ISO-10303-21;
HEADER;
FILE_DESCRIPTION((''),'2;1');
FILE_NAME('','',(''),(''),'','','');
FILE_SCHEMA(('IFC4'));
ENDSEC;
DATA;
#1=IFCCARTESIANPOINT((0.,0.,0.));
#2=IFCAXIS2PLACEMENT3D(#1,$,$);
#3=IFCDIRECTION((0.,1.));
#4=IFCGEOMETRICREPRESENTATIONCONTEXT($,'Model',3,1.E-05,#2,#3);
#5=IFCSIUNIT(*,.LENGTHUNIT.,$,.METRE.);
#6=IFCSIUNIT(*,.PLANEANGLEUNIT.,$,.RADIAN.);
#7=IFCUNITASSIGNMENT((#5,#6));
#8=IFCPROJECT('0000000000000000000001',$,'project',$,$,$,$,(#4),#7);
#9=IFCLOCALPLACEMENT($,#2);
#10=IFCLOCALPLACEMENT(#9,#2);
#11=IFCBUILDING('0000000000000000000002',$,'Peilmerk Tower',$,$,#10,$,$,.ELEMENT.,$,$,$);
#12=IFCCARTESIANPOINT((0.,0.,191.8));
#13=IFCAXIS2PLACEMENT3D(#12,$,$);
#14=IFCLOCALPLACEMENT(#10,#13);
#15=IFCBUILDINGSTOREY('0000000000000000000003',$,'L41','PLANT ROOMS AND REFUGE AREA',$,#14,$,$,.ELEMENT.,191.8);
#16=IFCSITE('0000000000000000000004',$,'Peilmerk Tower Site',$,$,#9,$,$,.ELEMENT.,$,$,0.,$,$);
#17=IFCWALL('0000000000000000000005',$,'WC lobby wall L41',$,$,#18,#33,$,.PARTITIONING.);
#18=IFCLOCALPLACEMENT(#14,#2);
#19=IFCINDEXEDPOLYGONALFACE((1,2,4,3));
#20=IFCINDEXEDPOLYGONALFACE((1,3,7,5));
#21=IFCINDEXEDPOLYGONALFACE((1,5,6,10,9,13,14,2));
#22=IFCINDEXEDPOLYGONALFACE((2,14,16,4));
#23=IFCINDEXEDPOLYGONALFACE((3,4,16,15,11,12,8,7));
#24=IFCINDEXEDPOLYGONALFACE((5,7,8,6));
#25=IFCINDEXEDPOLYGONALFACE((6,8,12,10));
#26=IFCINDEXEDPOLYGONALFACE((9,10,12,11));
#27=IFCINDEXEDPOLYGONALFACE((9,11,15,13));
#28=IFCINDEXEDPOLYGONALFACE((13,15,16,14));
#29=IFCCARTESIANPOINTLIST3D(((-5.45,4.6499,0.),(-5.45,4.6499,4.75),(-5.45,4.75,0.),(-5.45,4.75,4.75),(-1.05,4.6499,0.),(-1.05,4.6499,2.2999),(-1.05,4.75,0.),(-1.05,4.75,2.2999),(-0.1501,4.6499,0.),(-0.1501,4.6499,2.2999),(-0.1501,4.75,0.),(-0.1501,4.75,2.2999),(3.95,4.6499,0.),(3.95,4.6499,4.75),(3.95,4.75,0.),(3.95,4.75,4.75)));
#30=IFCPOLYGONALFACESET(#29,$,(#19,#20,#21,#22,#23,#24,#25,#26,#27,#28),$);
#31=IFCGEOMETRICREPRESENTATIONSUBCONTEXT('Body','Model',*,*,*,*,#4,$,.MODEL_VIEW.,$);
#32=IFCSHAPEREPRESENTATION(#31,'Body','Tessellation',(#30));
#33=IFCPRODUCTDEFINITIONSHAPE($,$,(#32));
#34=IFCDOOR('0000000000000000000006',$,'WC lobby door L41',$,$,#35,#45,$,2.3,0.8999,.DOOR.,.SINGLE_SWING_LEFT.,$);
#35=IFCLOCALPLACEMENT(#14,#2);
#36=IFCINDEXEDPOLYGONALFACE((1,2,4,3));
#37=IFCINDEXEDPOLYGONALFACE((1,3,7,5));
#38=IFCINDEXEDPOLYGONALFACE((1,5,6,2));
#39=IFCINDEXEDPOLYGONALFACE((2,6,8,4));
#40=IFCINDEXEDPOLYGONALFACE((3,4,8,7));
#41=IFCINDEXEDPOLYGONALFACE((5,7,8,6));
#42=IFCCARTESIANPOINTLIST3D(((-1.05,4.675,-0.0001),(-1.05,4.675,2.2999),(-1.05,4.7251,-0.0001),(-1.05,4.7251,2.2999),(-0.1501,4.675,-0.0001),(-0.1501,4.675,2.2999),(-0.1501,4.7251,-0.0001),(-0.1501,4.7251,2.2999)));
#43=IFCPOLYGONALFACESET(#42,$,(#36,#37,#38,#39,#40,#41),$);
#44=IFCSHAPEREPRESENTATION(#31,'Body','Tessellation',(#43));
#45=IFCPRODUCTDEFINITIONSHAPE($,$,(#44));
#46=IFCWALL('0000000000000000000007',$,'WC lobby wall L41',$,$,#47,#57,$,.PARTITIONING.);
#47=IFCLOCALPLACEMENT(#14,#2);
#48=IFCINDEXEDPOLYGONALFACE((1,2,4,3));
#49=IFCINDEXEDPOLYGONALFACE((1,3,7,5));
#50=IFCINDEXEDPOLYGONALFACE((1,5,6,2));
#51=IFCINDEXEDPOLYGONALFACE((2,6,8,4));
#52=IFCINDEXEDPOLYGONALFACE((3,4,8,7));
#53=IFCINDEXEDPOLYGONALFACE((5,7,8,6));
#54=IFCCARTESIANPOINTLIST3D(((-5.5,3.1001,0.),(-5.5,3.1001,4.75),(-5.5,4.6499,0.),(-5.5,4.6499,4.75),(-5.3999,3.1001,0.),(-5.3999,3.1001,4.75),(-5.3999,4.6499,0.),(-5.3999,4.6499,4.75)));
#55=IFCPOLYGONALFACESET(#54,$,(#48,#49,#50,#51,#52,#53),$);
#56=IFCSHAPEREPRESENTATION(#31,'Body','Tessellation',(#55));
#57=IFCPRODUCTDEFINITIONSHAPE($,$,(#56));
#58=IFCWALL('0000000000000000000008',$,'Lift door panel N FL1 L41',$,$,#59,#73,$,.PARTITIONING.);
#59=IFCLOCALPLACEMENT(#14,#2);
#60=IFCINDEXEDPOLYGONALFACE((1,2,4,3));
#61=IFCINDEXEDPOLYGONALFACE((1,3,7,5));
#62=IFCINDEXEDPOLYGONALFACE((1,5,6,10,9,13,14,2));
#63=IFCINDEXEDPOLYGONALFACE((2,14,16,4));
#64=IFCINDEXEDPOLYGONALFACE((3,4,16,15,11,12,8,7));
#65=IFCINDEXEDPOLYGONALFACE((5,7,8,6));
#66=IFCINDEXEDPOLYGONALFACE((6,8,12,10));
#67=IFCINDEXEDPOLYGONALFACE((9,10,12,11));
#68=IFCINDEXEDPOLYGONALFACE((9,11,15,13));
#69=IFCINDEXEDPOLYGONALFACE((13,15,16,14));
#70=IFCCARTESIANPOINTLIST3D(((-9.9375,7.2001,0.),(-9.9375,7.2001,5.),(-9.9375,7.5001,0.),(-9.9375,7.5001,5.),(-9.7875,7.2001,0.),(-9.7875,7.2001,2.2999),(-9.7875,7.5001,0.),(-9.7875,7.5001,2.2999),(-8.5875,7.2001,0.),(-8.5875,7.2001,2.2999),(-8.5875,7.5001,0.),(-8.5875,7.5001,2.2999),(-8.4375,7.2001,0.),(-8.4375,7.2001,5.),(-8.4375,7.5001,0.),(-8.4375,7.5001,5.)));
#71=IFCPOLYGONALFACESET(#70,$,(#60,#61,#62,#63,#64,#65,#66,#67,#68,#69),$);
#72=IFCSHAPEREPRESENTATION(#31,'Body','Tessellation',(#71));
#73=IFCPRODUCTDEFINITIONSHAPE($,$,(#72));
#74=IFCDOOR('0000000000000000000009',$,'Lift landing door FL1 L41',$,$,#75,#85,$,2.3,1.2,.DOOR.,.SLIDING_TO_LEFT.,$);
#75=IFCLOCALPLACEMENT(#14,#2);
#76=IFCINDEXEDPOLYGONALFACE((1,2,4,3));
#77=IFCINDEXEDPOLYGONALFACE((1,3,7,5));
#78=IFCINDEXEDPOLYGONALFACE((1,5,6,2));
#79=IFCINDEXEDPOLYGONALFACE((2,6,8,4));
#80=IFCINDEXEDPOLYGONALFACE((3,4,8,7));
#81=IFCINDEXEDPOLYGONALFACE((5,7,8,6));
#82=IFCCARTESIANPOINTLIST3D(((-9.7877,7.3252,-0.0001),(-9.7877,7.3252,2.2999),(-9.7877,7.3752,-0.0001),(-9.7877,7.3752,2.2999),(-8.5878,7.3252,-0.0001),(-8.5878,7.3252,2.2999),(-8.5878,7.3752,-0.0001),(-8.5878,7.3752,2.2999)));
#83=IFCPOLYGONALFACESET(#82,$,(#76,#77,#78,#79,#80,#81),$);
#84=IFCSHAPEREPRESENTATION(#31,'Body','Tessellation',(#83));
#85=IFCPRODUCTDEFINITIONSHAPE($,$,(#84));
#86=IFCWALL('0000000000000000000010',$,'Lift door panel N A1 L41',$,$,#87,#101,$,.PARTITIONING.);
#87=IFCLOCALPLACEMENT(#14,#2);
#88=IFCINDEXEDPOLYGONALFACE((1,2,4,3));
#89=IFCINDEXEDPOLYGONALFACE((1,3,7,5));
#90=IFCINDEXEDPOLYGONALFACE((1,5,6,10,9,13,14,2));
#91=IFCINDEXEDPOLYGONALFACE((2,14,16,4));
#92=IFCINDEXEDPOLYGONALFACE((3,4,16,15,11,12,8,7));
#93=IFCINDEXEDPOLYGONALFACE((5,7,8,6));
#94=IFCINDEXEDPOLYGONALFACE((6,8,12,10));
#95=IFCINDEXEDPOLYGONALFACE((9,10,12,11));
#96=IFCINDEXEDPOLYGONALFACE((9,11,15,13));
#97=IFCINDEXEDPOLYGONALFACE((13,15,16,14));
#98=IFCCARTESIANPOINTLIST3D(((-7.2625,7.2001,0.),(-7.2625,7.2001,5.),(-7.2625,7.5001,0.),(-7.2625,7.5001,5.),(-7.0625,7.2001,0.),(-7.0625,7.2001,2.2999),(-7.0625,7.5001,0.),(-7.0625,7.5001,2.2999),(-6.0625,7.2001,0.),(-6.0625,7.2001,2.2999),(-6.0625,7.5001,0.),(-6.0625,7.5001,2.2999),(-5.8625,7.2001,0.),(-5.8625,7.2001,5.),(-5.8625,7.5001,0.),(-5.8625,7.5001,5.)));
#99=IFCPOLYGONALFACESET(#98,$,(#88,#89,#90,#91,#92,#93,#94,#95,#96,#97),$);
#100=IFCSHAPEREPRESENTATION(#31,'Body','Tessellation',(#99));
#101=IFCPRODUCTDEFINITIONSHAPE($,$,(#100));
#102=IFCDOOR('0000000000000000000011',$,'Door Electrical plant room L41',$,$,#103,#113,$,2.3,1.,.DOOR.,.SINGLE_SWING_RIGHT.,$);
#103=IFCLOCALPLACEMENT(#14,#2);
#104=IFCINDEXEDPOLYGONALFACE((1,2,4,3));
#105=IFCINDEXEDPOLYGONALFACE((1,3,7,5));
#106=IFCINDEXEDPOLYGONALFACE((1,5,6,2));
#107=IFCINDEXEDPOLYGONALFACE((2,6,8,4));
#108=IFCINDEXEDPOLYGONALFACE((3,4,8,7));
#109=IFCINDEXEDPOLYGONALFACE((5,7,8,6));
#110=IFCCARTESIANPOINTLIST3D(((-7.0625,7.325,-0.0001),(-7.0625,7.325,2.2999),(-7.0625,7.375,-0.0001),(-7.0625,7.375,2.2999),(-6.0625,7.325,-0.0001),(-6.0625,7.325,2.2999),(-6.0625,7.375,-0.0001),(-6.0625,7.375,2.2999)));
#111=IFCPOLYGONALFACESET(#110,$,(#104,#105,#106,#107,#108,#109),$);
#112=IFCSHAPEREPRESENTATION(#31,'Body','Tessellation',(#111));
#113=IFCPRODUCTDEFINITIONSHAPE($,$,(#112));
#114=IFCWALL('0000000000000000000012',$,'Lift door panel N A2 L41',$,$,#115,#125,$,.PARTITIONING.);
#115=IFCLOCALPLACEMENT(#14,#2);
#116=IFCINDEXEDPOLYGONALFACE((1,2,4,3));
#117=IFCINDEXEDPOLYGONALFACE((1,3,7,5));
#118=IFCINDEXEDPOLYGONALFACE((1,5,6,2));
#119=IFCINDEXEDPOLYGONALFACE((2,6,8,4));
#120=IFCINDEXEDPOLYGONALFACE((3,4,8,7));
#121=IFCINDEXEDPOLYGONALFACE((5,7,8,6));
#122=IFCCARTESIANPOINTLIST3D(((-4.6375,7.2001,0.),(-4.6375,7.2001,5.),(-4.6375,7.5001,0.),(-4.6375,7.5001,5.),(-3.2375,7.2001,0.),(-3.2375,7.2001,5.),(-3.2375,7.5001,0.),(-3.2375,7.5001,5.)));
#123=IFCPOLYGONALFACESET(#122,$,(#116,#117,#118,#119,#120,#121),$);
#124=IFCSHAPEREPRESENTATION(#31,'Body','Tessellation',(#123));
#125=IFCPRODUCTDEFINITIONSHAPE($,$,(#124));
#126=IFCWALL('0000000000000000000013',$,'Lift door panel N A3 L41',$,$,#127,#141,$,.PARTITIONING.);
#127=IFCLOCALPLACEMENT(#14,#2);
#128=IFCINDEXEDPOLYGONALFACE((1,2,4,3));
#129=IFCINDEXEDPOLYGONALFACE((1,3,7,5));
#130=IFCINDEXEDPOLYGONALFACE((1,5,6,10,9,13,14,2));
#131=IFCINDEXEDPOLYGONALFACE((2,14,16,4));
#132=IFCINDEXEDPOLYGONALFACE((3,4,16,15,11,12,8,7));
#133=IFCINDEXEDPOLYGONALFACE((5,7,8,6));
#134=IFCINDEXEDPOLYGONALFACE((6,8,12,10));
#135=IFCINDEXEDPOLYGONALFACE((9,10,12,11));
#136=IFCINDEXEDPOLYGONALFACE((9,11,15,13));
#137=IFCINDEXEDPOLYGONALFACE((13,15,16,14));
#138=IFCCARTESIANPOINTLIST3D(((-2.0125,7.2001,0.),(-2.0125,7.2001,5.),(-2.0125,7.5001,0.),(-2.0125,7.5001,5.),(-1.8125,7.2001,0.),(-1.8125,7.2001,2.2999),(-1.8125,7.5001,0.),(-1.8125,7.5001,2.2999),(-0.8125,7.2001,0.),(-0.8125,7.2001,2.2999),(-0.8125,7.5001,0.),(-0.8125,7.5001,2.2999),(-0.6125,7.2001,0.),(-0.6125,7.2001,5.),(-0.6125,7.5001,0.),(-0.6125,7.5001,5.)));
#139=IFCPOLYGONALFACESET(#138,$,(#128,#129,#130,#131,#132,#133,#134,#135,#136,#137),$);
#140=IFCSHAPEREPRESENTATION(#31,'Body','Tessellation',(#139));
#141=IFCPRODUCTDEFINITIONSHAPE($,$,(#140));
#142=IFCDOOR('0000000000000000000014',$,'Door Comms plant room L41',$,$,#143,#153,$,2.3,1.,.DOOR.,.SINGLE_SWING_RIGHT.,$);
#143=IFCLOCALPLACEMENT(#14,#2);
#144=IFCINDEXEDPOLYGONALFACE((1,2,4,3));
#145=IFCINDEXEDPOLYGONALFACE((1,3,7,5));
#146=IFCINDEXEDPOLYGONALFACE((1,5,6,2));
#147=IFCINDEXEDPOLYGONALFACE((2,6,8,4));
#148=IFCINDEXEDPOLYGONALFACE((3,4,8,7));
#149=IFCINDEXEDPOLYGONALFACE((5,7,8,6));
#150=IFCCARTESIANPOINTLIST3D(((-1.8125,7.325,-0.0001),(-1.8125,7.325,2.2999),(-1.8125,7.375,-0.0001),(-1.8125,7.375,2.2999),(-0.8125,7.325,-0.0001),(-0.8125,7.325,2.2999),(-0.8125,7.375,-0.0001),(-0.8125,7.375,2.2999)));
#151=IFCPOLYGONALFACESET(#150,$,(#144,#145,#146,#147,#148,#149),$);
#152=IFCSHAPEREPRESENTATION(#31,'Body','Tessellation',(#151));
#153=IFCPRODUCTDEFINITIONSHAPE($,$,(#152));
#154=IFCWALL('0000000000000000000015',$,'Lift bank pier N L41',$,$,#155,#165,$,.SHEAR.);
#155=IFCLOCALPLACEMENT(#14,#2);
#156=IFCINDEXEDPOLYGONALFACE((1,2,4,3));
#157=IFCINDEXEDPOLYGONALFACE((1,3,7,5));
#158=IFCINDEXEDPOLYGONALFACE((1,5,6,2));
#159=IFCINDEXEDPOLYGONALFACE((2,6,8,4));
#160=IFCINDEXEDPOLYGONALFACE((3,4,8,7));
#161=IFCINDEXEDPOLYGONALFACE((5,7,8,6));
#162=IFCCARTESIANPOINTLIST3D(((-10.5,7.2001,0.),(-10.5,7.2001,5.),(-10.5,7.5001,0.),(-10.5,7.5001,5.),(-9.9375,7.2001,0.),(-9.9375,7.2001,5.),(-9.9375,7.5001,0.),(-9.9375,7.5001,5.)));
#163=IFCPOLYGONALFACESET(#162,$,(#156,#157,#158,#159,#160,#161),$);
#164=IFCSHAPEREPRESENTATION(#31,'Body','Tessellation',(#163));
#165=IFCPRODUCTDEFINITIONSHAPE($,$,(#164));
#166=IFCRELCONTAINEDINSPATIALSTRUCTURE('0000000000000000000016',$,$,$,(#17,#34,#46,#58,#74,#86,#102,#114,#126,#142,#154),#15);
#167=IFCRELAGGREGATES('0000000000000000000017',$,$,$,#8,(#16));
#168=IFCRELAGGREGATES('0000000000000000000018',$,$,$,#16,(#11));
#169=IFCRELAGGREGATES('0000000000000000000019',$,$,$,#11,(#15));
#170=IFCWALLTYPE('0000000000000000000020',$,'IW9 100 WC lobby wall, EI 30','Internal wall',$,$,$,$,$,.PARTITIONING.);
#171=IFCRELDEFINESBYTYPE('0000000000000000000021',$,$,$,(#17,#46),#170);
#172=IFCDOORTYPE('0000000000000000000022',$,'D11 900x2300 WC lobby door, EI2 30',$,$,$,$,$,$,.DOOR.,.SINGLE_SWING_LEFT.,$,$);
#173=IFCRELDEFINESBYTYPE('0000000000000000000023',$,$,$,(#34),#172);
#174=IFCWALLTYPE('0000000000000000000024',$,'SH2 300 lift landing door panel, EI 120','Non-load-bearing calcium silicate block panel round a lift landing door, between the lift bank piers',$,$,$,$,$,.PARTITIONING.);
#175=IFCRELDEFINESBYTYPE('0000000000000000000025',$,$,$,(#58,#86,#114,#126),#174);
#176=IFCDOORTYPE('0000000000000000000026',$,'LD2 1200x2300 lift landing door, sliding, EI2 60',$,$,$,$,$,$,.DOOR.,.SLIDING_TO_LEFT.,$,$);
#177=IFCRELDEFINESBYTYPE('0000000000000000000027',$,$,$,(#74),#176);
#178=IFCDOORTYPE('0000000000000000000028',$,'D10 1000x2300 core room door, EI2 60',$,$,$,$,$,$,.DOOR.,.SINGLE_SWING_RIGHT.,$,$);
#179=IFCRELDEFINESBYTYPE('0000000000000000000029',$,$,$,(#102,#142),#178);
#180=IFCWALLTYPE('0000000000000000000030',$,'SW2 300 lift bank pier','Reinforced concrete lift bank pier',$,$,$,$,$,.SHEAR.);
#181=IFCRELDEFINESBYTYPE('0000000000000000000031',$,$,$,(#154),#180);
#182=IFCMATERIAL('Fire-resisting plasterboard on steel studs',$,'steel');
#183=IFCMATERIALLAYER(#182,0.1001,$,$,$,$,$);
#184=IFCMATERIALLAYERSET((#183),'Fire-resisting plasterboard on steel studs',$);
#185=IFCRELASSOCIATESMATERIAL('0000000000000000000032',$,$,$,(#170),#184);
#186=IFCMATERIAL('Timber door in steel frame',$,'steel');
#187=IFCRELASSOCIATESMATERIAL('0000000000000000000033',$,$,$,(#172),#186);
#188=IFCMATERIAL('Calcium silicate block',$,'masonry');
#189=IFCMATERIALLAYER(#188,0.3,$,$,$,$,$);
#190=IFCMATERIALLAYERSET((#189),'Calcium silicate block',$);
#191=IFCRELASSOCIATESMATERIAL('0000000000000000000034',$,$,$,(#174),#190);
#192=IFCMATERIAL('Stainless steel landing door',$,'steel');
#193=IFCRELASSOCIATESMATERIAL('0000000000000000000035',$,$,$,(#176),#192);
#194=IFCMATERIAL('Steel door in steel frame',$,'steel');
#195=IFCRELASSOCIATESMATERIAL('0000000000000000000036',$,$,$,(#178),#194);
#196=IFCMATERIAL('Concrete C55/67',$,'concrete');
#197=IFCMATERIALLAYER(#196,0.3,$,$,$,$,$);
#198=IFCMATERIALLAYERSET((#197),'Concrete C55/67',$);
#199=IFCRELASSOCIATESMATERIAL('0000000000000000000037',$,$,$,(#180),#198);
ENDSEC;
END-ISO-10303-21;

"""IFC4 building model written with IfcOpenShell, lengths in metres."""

from ifc_helpers import new_model, si_unit, direction, frame, frame_2d, origin, place, context, subcontext, project, spatial, rectangle, extrude, material, layer, layer_set, type_object, element, fill, save


model = new_model("IFC4")

# Units and contexts
model_context = context("Model", 3, precision=1e-05, world=origin(), true_north=direction((0.0, 1.0)))
body_context = subcontext(model_context, "Body", "Model", "MODEL_VIEW")
ifc_project = project(units=[si_unit("LENGTHUNIT", "METRE"), si_unit("PLANEANGLEUNIT", "RADIAN")], contexts=[model_context])

# Site, building, storey
site_placement = place(None, origin())
site = spatial("IfcSite", under=ifc_project, at=site_placement, Name="Peilmerk Tower Site", CompositionType="ELEMENT", RefElevation=0.0)
building_placement = place(site_placement, origin())
building = spatial("IfcBuilding", under=site, at=building_placement, Name="Peilmerk Tower", CompositionType="ELEMENT")
storey_placement = place(building_placement, frame((0.0, 0.0, 191.8)))
storey = spatial("IfcBuildingStorey", under=building, at=storey_placement, Name="L41", Description="PLANT ROOMS AND REFUGE AREA", CompositionType="ELEMENT", Elevation=191.8)

# Shared definitions
ifc_material_1 = material(Name="Concrete C55/67", Category="concrete")

# Shared definitions
ifc_material_2 = material(Name="Steel door in steel frame", Category="steel")

# Shared definitions
ifc_material_3 = material(Name="Timber door in steel frame", Category="steel")

# Wall, opening, door
ifc_material_4 = material(Name="Fire-resisting plasterboard on steel studs", Category="steel")
ifc_layer_1 = layer(ifc_material_4, 0.1001)
ifc_layer_set_1 = layer_set([ifc_layer_1], Name="Fire-resisting plasterboard on steel studs")
wall_type_1 = type_object("IfcWallType", Name="IW9 100 WC lobby wall, EI 30", Description="Internal wall", PredefinedType="PARTITIONING", material=ifc_layer_set_1)
wall_1_placement = place(storey_placement, frame((-5.45, 4.7, 0.0), z_axis=(0.0, 0.0, 1.0), x_axis=(1.0, 0.0, 0.0)))
wall_1 = element("IfcWall", 1, at=wall_1_placement, inside=storey, type_object=wall_type_1, Name="WC lobby wall L41", PredefinedType="PARTITIONING", context=body_context, shape_type="SweptSolid", body=[
    extrude(rectangle(XDim=9.3999, YDim=0.1001, at=frame_2d((4.7, 0.0))), origin(), (0.0, 0.0, 1.0), 4.75),
])
opening_1_placement = place(wall_1_placement, frame((4.3999, 0.0, 0.0)))
opening_1 = element("IfcOpeningElement", 2, at=opening_1_placement, cuts=wall_1, PredefinedType="OPENING", context=body_context, shape_type="SweptSolid", body=[
    extrude(rectangle(XDim=0.8999, YDim=2.3, at=frame_2d((0.45, 1.1499))), frame((0.0, 0.0601, 0.0), z_axis=(0.0, -1.0, 0.0), x_axis=(1.0, 0.0, 0.0)), (0.0, 0.0, 1.0), 0.1201),
])
door_type_1 = type_object("IfcDoorType", Name="D11 900x2300 WC lobby door, EI2 30", OperationType="SINGLE_SWING_LEFT", PredefinedType="DOOR", material=ifc_material_3)
door_1_placement = place(opening_1_placement, frame((0.8999, 0.0, 0.0), z_axis=(0.0, 0.0, 1.0), x_axis=(-1.0, 0.0, 0.0)))
door_1 = element("IfcDoor", 3, at=door_1_placement, inside=storey, type_object=door_type_1, Name="WC lobby door L41", OperationType="SINGLE_SWING_LEFT", OverallHeight=2.3, OverallWidth=0.8999, PredefinedType="DOOR", context=body_context, shape_type="SweptSolid", body=[
    extrude(rectangle(XDim=0.8999, YDim=2.3, at=frame_2d((0.45, 1.1499))), frame((0.0, 0.0249, 0.0), z_axis=(0.0, -1.0, 0.0), x_axis=(1.0, 0.0, 0.0)), (0.0, 0.0, 1.0), 0.05),
])
fill(opening_1, door_1)

# Wall
wall_2_placement = place(storey_placement, frame((-5.45, 3.1001, 0.0), z_axis=(0.0, 0.0, 1.0), x_axis=(0.0, 1.0, 0.0)))
element("IfcWall", 4, at=wall_2_placement, inside=storey, type_object=wall_type_1, Name="WC lobby wall L41", PredefinedType="PARTITIONING", context=body_context, shape_type="SweptSolid", body=[
    extrude(rectangle(XDim=1.5498, YDim=0.1001, at=frame_2d((0.7749, 0.0))), origin(), (0.0, 0.0, 1.0), 4.75),
])

# Walls, openings, doors
ifc_material_5 = material(Name="Calcium silicate block", Category="masonry")
ifc_layer_2 = layer(ifc_material_5, 0.3)
ifc_layer_set_2 = layer_set([ifc_layer_2], Name="Calcium silicate block")
wall_type_2 = type_object("IfcWallType", Name="SH2 300 lift landing door panel, EI 120", Description="Non-load-bearing calcium silicate block panel round a lift landing door, between the lift bank piers", PredefinedType="PARTITIONING", material=ifc_layer_set_2)
wall_3_placement = place(storey_placement, frame((-9.9375, 7.3501, 0.0), z_axis=(0.0, 0.0, 1.0), x_axis=(1.0, 0.0, 0.0)))
wall_3 = element("IfcWall", 5, at=wall_3_placement, inside=storey, type_object=wall_type_2, Name="Lift door panel N FL1 L41", PredefinedType="PARTITIONING", context=body_context, shape_type="SweptSolid", body=[
    extrude(rectangle(XDim=1.5, YDim=0.3, at=frame_2d((0.75, 0.0))), origin(), (0.0, 0.0, 1.0), 5.0),
])
opening_2_placement = place(wall_3_placement, frame((0.1499, 0.0, 0.0)))
opening_2 = element("IfcOpeningElement", 6, at=opening_2_placement, cuts=wall_3, PredefinedType="OPENING", context=body_context, shape_type="SweptSolid", body=[
    extrude(rectangle(XDim=1.2, YDim=2.3, at=frame_2d((0.6001, 1.1499))), frame((0.0, 0.1599, 0.0), z_axis=(0.0, -1.0, 0.0), x_axis=(1.0, 0.0, 0.0)), (0.0, 0.0, 1.0), 0.3201),
])
ifc_material_6 = material(Name="Stainless steel landing door", Category="steel")
door_type_2 = type_object("IfcDoorType", Name="LD2 1200x2300 lift landing door, sliding, EI2 60", OperationType="SLIDING_TO_LEFT", PredefinedType="DOOR", material=ifc_material_6)
door_2_placement = place(opening_2_placement, frame((1.2, 0.0, 0.0), z_axis=(0.0, 0.0, 1.0), x_axis=(-1.0, 0.0, 0.0)))
door_2 = element("IfcDoor", 7, at=door_2_placement, inside=storey, type_object=door_type_2, Name="Lift landing door FL1 L41", OperationType="SLIDING_TO_LEFT", OverallHeight=2.3, OverallWidth=1.2, PredefinedType="DOOR", context=body_context, shape_type="SweptSolid", body=[
    extrude(rectangle(XDim=1.2, YDim=2.3, at=frame_2d((0.6001, 1.1499))), frame((0.0, 0.0249, 0.0), z_axis=(0.0, -1.0, 0.0), x_axis=(1.0, 0.0, 0.0)), (0.0, 0.0, 1.0), 0.05),
])
fill(opening_2, door_2)
wall_4_placement = place(storey_placement, frame((-7.2625, 7.3501, 0.0), z_axis=(0.0, 0.0, 1.0), x_axis=(1.0, 0.0, 0.0)))
wall_4 = element("IfcWall", 8, at=wall_4_placement, inside=storey, type_object=wall_type_2, Name="Lift door panel N A1 L41", PredefinedType="PARTITIONING", context=body_context, shape_type="SweptSolid", body=[
    extrude(rectangle(XDim=1.3999, YDim=0.3, at=frame_2d((0.7, 0.0))), origin(), (0.0, 0.0, 1.0), 5.0),
])
opening_3_placement = place(wall_4_placement, frame((0.2, 0.0, 0.0)))
opening_3 = element("IfcOpeningElement", 9, at=opening_3_placement, cuts=wall_4, PredefinedType="OPENING", context=body_context, shape_type="SweptSolid", body=[
    extrude(rectangle(XDim=1.0, YDim=2.3, at=frame_2d((0.5, 1.1499))), frame((0.0, 0.1599, 0.0), z_axis=(0.0, -1.0, 0.0), x_axis=(1.0, 0.0, 0.0)), (0.0, 0.0, 1.0), 0.3201),
])
door_type_3 = type_object("IfcDoorType", Name="D10 1000x2300 core room door, EI2 60", OperationType="SINGLE_SWING_RIGHT", PredefinedType="DOOR", material=ifc_material_2)
door_3_placement = place(opening_3_placement, origin())
door_3 = element("IfcDoor", 10, at=door_3_placement, inside=storey, type_object=door_type_3, Name="Door Electrical plant room L41", OperationType="SINGLE_SWING_RIGHT", OverallHeight=2.3, OverallWidth=1.0, PredefinedType="DOOR", context=body_context, shape_type="SweptSolid", body=[
    extrude(rectangle(XDim=1.0, YDim=2.3, at=frame_2d((0.5, 1.1499))), frame((0.0, 0.0249, 0.0), z_axis=(0.0, -1.0, 0.0), x_axis=(1.0, 0.0, 0.0)), (0.0, 0.0, 1.0), 0.05),
])
fill(opening_3, door_3)

# Wall
wall_5_placement = place(storey_placement, frame((-4.6375, 7.3501, 0.0), z_axis=(0.0, 0.0, 1.0), x_axis=(1.0, 0.0, 0.0)))
element("IfcWall", 11, at=wall_5_placement, inside=storey, type_object=wall_type_2, Name="Lift door panel N A2 L41", PredefinedType="PARTITIONING", context=body_context, shape_type="SweptSolid", body=[
    extrude(rectangle(XDim=1.3999, YDim=0.3, at=frame_2d((0.7, 0.0))), origin(), (0.0, 0.0, 1.0), 5.0),
])

# Wall, opening, door
wall_6_placement = place(storey_placement, frame((-2.0125, 7.3501, 0.0), z_axis=(0.0, 0.0, 1.0), x_axis=(1.0, 0.0, 0.0)))
wall_6 = element("IfcWall", 12, at=wall_6_placement, inside=storey, type_object=wall_type_2, Name="Lift door panel N A3 L41", PredefinedType="PARTITIONING", context=body_context, shape_type="SweptSolid", body=[
    extrude(rectangle(XDim=1.3999, YDim=0.3, at=frame_2d((0.7, 0.0))), origin(), (0.0, 0.0, 1.0), 5.0),
])
opening_4_placement = place(wall_6_placement, frame((0.2, 0.0, 0.0)))
opening_4 = element("IfcOpeningElement", 13, at=opening_4_placement, cuts=wall_6, PredefinedType="OPENING", context=body_context, shape_type="SweptSolid", body=[
    extrude(rectangle(XDim=1.0, YDim=2.3, at=frame_2d((0.5, 1.1499))), frame((0.0, 0.1599, 0.0), z_axis=(0.0, -1.0, 0.0), x_axis=(1.0, 0.0, 0.0)), (0.0, 0.0, 1.0), 0.3201),
])
door_4_placement = place(opening_4_placement, origin())
door_4 = element("IfcDoor", 14, at=door_4_placement, inside=storey, type_object=door_type_3, Name="Door Comms plant room L41", OperationType="SINGLE_SWING_RIGHT", OverallHeight=2.3, OverallWidth=1.0, PredefinedType="DOOR", context=body_context, shape_type="SweptSolid", body=[
    extrude(rectangle(XDim=1.0, YDim=2.3, at=frame_2d((0.5, 1.1499))), frame((0.0, 0.0249, 0.0), z_axis=(0.0, -1.0, 0.0), x_axis=(1.0, 0.0, 0.0)), (0.0, 0.0, 1.0), 0.05),
])
fill(opening_4, door_4)

# Wall
ifc_layer_3 = layer(ifc_material_1, 0.3)
ifc_layer_set_3 = layer_set([ifc_layer_3], Name="Concrete C55/67")
wall_type_3 = type_object("IfcWallType", Name="SW2 300 lift bank pier", Description="Reinforced concrete lift bank pier", PredefinedType="SHEAR", material=ifc_layer_set_3)
wall_7_placement = place(storey_placement, frame((-10.5, 7.3501, 0.0), z_axis=(0.0, 0.0, 1.0), x_axis=(1.0, 0.0, 0.0)))
element("IfcWall", 15, at=wall_7_placement, inside=storey, type_object=wall_type_3, Name="Lift bank pier N L41", PredefinedType="SHEAR", context=body_context, shape_type="SweptSolid", body=[
    extrude(rectangle(XDim=0.5625, YDim=0.3, at=frame_2d((0.2812, 0.0))), origin(), (0.0, 0.0, 1.0), 5.0),
])

save(model, "model.ifc")
